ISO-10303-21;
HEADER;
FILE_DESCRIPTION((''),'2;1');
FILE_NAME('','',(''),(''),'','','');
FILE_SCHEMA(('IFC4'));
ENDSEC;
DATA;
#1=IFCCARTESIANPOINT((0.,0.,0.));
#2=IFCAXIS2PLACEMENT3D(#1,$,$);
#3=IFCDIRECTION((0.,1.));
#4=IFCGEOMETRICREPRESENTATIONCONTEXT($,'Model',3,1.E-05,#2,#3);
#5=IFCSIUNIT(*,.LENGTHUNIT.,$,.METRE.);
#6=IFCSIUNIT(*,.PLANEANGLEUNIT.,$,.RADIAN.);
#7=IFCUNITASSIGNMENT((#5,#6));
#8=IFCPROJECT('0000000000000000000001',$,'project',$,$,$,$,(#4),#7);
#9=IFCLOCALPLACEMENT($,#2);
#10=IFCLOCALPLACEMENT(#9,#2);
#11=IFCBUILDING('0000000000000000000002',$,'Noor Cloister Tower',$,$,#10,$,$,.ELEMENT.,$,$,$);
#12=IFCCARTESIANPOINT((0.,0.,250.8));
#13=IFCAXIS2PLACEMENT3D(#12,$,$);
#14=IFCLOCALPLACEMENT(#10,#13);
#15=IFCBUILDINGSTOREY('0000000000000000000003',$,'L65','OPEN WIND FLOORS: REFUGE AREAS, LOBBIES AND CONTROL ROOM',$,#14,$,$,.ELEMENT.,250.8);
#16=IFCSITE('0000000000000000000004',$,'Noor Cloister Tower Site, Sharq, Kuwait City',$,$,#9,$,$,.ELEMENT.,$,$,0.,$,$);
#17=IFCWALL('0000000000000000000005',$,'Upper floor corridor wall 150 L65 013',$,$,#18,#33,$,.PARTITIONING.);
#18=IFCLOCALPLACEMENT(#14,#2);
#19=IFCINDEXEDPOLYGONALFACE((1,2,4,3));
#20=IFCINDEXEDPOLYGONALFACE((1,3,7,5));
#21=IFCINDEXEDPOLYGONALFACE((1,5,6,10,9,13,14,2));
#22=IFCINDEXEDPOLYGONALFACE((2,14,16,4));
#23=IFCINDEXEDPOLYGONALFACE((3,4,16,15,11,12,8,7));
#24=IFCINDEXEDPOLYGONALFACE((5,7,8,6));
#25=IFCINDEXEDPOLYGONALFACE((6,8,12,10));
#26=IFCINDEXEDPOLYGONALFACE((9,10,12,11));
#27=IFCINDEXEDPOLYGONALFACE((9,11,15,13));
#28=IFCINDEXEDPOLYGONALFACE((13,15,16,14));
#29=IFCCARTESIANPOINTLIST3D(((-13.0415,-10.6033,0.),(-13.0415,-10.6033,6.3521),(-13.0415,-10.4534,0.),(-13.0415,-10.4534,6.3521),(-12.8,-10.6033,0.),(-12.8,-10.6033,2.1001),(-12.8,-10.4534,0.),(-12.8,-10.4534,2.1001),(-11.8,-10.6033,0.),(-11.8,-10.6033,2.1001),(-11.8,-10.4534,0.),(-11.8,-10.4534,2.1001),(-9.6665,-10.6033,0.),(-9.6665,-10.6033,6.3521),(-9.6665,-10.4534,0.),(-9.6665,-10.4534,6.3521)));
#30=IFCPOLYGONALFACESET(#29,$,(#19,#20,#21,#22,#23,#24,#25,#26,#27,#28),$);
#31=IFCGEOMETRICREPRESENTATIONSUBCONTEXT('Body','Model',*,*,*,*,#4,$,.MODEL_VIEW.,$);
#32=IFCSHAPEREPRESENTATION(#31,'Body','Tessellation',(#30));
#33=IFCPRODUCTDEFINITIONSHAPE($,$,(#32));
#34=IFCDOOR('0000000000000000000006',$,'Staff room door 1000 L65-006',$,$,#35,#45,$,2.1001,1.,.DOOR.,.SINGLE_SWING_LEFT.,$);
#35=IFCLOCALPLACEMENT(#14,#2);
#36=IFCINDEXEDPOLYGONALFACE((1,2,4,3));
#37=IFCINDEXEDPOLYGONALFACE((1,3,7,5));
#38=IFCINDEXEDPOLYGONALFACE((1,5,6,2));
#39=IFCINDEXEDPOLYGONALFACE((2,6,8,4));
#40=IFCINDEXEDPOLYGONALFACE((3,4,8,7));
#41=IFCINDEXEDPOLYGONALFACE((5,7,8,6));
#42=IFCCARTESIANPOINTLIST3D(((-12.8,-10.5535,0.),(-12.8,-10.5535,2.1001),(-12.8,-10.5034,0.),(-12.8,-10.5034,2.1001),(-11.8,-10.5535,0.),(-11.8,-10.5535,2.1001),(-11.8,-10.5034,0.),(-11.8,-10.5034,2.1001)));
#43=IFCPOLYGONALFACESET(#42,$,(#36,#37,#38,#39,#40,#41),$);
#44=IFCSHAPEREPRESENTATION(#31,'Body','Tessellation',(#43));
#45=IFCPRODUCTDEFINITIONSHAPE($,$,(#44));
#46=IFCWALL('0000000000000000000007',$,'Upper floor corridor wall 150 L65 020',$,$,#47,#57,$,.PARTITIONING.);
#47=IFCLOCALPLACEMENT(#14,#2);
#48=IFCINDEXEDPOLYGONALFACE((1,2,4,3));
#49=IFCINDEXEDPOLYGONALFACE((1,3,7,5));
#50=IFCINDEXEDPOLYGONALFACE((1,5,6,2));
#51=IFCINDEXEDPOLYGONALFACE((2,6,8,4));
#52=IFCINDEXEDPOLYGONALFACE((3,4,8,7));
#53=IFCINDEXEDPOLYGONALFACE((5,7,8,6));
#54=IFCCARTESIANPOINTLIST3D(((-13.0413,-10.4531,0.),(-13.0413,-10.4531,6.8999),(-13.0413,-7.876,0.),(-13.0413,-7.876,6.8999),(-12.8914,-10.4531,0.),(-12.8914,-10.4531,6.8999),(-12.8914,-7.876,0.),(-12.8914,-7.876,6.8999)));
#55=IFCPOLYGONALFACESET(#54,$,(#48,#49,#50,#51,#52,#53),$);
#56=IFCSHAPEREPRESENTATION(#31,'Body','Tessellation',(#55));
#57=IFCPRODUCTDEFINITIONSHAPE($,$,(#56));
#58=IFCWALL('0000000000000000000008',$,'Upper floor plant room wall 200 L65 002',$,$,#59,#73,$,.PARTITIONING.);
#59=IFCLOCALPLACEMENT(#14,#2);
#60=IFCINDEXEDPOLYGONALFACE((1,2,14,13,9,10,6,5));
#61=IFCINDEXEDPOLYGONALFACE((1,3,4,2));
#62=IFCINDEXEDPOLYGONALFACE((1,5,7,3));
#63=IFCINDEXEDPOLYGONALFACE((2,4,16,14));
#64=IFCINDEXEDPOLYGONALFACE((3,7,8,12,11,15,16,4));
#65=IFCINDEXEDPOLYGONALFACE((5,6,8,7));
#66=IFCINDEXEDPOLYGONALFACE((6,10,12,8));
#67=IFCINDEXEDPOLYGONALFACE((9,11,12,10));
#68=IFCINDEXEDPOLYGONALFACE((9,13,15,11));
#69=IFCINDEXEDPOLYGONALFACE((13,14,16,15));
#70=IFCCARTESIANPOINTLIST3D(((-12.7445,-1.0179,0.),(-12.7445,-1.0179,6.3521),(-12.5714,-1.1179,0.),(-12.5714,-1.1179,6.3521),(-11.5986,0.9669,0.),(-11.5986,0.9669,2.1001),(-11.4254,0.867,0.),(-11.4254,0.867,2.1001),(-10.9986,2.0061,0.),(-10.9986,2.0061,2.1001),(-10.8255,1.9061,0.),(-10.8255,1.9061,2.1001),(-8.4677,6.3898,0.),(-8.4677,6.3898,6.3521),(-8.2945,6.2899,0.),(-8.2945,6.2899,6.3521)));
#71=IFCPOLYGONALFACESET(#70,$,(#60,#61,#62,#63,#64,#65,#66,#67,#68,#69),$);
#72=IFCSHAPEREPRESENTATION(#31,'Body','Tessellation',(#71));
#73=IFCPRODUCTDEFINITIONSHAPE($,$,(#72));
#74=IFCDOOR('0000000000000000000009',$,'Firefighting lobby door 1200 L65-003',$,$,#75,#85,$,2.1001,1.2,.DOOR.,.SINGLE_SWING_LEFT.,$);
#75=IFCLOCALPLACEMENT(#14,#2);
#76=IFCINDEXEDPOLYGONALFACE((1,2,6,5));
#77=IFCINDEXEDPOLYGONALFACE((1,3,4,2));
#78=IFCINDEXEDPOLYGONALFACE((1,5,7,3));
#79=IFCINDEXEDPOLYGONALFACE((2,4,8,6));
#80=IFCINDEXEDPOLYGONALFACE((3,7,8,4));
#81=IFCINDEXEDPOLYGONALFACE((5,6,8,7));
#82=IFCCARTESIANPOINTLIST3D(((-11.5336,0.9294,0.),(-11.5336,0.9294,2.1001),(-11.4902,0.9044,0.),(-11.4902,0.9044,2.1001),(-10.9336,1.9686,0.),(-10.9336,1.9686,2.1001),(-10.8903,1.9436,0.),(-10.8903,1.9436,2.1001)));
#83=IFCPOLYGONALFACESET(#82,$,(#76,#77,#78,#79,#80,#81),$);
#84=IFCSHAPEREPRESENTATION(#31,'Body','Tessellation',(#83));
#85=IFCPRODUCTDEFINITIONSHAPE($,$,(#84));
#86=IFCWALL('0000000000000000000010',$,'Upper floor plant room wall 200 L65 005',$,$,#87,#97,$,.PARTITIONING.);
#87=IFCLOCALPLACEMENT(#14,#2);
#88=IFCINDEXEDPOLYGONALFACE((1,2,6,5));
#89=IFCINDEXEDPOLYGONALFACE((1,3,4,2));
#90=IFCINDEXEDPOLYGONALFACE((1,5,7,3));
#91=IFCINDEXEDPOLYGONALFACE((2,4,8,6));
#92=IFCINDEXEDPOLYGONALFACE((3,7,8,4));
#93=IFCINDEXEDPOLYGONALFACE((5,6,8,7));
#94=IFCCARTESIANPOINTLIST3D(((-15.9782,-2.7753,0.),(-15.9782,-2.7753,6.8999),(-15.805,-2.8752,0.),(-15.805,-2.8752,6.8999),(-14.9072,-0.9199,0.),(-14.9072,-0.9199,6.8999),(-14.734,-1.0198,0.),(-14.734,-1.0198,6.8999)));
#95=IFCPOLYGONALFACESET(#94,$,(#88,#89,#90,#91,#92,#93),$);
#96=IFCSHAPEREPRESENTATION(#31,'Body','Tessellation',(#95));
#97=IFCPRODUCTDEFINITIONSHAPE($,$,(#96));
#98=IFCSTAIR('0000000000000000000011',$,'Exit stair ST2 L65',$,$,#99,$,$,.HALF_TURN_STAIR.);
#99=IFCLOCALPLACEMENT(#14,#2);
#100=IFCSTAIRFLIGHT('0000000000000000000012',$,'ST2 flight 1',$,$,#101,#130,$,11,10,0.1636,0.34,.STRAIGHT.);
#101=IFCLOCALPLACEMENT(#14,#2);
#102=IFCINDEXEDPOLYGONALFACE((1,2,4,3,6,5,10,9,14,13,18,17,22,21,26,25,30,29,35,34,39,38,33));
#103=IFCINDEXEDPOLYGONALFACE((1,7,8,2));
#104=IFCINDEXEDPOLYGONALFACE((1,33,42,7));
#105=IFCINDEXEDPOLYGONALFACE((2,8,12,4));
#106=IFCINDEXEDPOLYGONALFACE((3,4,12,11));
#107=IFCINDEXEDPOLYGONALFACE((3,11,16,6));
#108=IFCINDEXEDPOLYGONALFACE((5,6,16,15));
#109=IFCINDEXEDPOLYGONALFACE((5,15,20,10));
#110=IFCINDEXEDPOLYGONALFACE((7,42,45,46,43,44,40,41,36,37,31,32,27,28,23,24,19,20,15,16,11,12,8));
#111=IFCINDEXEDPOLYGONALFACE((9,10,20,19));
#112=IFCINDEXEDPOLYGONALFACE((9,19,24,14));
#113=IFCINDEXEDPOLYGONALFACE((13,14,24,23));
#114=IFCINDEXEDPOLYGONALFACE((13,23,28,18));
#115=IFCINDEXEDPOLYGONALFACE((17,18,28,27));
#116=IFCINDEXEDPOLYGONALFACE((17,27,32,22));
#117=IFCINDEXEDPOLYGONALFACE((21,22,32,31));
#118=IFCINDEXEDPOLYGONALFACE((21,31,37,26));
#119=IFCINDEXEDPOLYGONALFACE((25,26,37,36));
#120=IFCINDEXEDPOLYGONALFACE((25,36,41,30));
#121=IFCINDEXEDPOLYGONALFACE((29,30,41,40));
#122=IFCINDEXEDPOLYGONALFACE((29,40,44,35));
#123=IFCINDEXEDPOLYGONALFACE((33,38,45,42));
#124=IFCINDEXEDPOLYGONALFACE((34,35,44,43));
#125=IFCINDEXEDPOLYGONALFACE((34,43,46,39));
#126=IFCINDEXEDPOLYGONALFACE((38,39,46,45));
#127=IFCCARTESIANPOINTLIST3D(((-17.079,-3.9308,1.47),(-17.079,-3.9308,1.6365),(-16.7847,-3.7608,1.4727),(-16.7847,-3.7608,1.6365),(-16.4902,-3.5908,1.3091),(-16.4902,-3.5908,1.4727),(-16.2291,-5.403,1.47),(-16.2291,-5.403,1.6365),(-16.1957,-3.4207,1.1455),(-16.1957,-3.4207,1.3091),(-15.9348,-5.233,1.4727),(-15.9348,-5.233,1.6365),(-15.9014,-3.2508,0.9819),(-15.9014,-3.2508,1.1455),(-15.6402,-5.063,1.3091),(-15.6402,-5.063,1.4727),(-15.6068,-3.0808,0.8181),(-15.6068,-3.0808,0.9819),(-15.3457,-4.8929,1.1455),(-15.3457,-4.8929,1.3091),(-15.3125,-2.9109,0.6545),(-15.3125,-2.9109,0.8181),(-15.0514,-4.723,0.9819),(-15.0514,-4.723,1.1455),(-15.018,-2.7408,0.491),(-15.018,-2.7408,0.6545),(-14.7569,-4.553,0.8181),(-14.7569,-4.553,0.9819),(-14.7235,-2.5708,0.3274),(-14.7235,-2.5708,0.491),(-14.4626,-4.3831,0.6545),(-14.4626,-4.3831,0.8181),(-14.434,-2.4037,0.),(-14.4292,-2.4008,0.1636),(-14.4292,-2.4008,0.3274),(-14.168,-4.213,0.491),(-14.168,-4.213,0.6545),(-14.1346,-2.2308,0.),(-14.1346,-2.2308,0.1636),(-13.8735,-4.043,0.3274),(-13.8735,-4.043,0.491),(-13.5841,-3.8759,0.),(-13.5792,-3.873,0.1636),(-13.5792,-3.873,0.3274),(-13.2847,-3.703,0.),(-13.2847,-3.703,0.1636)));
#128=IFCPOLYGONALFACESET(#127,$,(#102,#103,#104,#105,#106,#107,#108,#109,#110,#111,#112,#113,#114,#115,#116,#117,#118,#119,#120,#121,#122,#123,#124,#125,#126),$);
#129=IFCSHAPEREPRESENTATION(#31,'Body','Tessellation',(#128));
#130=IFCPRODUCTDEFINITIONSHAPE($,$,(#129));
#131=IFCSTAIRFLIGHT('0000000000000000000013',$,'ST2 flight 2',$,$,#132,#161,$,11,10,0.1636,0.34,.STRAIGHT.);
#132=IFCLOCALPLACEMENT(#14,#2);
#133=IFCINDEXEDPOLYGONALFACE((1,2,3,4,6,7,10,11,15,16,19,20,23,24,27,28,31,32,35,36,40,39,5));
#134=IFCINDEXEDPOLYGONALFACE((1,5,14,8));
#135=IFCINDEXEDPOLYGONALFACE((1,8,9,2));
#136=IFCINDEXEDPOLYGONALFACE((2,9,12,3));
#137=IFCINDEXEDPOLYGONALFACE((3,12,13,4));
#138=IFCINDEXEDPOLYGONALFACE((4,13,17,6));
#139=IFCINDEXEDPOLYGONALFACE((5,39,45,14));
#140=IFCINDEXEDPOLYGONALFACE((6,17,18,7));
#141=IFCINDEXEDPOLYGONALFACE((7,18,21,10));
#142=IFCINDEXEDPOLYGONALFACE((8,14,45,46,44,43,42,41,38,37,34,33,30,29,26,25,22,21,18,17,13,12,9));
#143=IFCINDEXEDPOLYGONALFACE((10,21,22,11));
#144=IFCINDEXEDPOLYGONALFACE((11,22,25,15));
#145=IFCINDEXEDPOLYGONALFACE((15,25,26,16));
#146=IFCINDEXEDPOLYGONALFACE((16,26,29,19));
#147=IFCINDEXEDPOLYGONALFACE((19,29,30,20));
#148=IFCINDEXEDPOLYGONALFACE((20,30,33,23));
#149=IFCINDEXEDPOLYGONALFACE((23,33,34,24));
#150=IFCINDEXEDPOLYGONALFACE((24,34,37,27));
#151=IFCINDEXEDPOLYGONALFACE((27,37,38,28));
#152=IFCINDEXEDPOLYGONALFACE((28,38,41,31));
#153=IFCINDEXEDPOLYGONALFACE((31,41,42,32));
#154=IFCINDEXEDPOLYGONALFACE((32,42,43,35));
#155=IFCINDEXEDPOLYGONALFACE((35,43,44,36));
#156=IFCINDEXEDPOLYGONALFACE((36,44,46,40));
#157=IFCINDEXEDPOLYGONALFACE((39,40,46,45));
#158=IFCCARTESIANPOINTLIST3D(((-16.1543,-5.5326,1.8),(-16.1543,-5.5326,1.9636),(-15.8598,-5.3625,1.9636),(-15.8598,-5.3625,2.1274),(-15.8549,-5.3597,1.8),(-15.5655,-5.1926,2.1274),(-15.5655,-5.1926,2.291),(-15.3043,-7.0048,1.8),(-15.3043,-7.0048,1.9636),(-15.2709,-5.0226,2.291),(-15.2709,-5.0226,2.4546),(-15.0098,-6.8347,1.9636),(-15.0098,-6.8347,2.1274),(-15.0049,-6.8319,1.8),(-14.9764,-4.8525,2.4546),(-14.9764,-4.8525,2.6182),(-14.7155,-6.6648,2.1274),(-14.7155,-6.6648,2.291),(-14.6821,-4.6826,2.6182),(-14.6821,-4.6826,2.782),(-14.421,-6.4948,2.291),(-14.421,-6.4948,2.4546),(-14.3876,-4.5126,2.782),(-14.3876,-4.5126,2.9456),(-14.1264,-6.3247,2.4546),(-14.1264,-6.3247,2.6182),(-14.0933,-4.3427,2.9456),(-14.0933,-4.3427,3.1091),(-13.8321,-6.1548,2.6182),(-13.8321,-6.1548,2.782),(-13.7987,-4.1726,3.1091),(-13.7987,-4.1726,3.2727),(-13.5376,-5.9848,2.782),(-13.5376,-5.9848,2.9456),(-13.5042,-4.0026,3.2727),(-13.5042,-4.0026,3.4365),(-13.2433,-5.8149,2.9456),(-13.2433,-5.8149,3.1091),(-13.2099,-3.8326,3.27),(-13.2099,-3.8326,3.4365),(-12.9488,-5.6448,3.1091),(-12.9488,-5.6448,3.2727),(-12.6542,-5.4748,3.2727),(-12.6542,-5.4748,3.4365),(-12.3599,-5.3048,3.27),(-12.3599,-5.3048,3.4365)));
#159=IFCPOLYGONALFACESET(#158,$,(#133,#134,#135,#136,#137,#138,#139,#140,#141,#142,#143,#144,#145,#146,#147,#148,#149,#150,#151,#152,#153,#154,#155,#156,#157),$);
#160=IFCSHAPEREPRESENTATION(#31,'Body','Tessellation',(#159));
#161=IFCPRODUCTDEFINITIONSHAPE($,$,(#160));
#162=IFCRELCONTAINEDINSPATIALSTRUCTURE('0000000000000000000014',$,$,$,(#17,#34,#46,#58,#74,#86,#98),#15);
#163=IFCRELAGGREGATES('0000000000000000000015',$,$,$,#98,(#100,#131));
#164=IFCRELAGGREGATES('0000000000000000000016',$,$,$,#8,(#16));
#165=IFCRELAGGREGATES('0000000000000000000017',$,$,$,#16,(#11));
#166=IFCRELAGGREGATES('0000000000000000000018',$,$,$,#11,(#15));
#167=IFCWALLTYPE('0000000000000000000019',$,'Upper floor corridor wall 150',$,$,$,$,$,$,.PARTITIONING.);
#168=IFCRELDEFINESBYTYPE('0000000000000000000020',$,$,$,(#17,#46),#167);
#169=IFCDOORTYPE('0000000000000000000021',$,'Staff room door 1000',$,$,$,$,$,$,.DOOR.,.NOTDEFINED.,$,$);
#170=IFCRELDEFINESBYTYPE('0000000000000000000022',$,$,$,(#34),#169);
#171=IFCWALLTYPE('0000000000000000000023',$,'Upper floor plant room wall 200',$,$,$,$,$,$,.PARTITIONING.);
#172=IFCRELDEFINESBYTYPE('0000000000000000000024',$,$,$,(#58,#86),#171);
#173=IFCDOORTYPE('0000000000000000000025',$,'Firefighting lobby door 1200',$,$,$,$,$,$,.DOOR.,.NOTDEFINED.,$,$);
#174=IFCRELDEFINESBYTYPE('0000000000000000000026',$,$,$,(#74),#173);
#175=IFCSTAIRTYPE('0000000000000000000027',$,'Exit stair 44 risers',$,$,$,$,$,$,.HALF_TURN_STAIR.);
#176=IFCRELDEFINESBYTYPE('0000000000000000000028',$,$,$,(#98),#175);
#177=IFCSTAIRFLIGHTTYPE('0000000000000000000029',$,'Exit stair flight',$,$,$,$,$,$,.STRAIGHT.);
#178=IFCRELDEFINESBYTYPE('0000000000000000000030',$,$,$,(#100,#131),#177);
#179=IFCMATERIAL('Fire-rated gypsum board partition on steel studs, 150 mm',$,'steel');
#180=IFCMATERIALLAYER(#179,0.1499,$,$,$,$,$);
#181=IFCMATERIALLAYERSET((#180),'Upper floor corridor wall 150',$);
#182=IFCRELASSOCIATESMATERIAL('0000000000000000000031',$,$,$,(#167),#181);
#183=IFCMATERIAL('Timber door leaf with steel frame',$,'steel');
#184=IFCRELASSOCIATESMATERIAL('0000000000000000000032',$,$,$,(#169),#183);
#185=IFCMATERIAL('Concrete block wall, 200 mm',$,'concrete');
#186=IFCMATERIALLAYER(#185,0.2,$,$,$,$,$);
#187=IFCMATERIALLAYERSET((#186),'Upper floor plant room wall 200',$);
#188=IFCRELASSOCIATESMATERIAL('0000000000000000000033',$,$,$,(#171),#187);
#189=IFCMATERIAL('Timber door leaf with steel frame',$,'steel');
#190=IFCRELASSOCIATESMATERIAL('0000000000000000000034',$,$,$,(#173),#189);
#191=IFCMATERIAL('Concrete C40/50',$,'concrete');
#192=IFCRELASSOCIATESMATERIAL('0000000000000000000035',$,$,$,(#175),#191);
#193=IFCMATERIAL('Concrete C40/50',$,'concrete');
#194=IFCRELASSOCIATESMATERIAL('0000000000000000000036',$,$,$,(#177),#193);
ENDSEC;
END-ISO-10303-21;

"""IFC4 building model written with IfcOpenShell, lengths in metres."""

from ifc_helpers import new_model, si_unit, direction, frame, frame_2d, origin, place, context, subcontext, project, spatial, polyline, rectangle, outline, extrude, material, layer, layer_set, type_object, element, fill, aggregate, save


model = new_model("IFC4")

# Units and contexts
model_context = context("Model", 3, precision=1e-05, world=origin(), true_north=direction((0.0, 1.0)))
body_context = subcontext(model_context, "Body", "Model", "MODEL_VIEW")
ifc_project = project(units=[si_unit("LENGTHUNIT", "METRE"), si_unit("PLANEANGLEUNIT", "RADIAN")], contexts=[model_context])

# Site, building, storey
site_placement = place(None, origin())
site = spatial("IfcSite", under=ifc_project, at=site_placement, Name="Noor Cloister Tower Site, Sharq, Kuwait City", CompositionType="ELEMENT", RefElevation=0.0)
building_placement = place(site_placement, origin())
building = spatial("IfcBuilding", under=site, at=building_placement, Name="Noor Cloister Tower", CompositionType="ELEMENT")
storey_placement = place(building_placement, frame((0.0, 0.0, 250.8)))
storey = spatial("IfcBuildingStorey", under=building, at=storey_placement, Name="L65", Description="OPEN WIND FLOORS: REFUGE AREAS, LOBBIES AND CONTROL ROOM", CompositionType="ELEMENT", Elevation=250.8)

# Wall, opening, door
ifc_material_1 = material(Name="Fire-rated gypsum board partition on steel studs, 150 mm", Category="steel")
ifc_layer_1 = layer(ifc_material_1, 0.1499)
ifc_layer_set_1 = layer_set([ifc_layer_1], Name="Upper floor corridor wall 150")
wall_type_1 = type_object("IfcWallType", Name="Upper floor corridor wall 150", PredefinedType="PARTITIONING", material=ifc_layer_set_1)
wall_1_placement = place(storey_placement, frame((-13.0415, -10.5283, 0.0), z_axis=(0.0, 0.0, 1.0), x_axis=(1.0, 0.0, 0.0)))
wall_1 = element("IfcWall", 1, at=wall_1_placement, inside=storey, type_object=wall_type_1, Name="Upper floor corridor wall 150 L65 013", PredefinedType="PARTITIONING", context=body_context, shape_type="SweptSolid", body=[
    extrude(rectangle(XDim=3.375, YDim=0.1499, at=frame_2d((1.6875, 0.0))), origin(), (0.0, 0.0, 1.0), 6.3521),
])
opening_1_placement = place(wall_1_placement, frame((0.2415, 0.0, 0.0)))
opening_1 = element("IfcOpeningElement", 2, at=opening_1_placement, cuts=wall_1, PredefinedType="OPENING", context=body_context, shape_type="SweptSolid", body=[
    extrude(rectangle(XDim=1.0, YDim=2.1001, at=frame_2d((0.5, 1.05))), frame((0.0, 0.085, 0.0), z_axis=(0.0, -1.0, 0.0), x_axis=(1.0, 0.0, 0.0)), (0.0, 0.0, 1.0), 0.1699),
])
ifc_material_2 = material(Name="Timber door leaf with steel frame", Category="steel")
door_type_1 = type_object("IfcDoorType", Name="Staff room door 1000", OperationType="NOTDEFINED", PredefinedType="DOOR", material=ifc_material_2)
door_1_placement = place(opening_1_placement, origin())
door_1 = element("IfcDoor", 3, at=door_1_placement, inside=storey, type_object=door_type_1, Name="Staff room door 1000 L65-006", OperationType="SINGLE_SWING_LEFT", OverallHeight=2.1001, OverallWidth=1.0, PredefinedType="DOOR", context=body_context, shape_type="SweptSolid", body=[
    extrude(rectangle(XDim=1.0, YDim=2.1001, at=frame_2d((0.5, 1.05))), frame((0.0, 0.0249, 0.0), z_axis=(0.0, -1.0, 0.0), x_axis=(1.0, 0.0, 0.0)), (0.0, 0.0, 1.0), 0.05),
])
fill(opening_1, door_1)

# Wall
wall_2_placement = place(storey_placement, frame((-12.9663, -7.876, 0.0), z_axis=(0.0, 0.0, 1.0), x_axis=(0.0, -1.0, 0.0)))
element("IfcWall", 4, at=wall_2_placement, inside=storey, type_object=wall_type_1, Name="Upper floor corridor wall 150 L65 020", PredefinedType="PARTITIONING", context=body_context, shape_type="SweptSolid", body=[
    extrude(rectangle(XDim=2.5771, YDim=0.1499, at=frame_2d((1.2886, 0.0))), origin(), (0.0, 0.0, 1.0), 6.8999),
])

# Wall, opening, door
ifc_material_3 = material(Name="Concrete block wall, 200 mm", Category="concrete")
ifc_layer_2 = layer(ifc_material_3, 0.2)
ifc_layer_set_2 = layer_set([ifc_layer_2], Name="Upper floor plant room wall 200")
wall_type_2 = type_object("IfcWallType", Name="Upper floor plant room wall 200", PredefinedType="PARTITIONING", material=ifc_layer_set_2)
wall_3_placement = place(storey_placement, frame((-12.658, -1.0679, 0.0), z_axis=(0.0, 0.0, 1.0), x_axis=(0.500001, 0.866025, 0.0)))
wall_3 = element("IfcWall", 5, at=wall_3_placement, inside=storey, type_object=wall_type_2, Name="Upper floor plant room wall 200 L65 002", PredefinedType="PARTITIONING", context=body_context, shape_type="SweptSolid", body=[
    extrude(rectangle(XDim=8.5537, YDim=0.2, at=frame_2d((4.2769, 0.0))), origin(), (0.0, 0.0, 1.0), 6.3521),
])
opening_2_placement = place(wall_3_placement, frame((2.2917, 0.0, 0.0)))
opening_2 = element("IfcOpeningElement", 6, at=opening_2_placement, cuts=wall_3, PredefinedType="OPENING", context=body_context, shape_type="SweptSolid", body=[
    extrude(rectangle(XDim=1.2, YDim=2.1001, at=frame_2d((0.6001, 1.05))), frame((0.0, 0.1099, 0.0), z_axis=(0.0, -1.0, 0.0), x_axis=(1.0, 0.0, 0.0)), (0.0, 0.0, 1.0), 0.22),
])
ifc_material_4 = material(Name="Timber door leaf with steel frame", Category="steel")
door_type_2 = type_object("IfcDoorType", Name="Firefighting lobby door 1200", OperationType="NOTDEFINED", PredefinedType="DOOR", material=ifc_material_4)
door_2_placement = place(opening_2_placement, origin())
door_2 = element("IfcDoor", 7, at=door_2_placement, inside=storey, type_object=door_type_2, Name="Firefighting lobby door 1200 L65-003", OperationType="SINGLE_SWING_LEFT", OverallHeight=2.1001, OverallWidth=1.2, PredefinedType="DOOR", context=body_context, shape_type="SweptSolid", body=[
    extrude(rectangle(XDim=1.2, YDim=2.1001, at=frame_2d((0.6001, 1.05))), frame((0.0, 0.0249, 0.0), z_axis=(0.0, -1.0, 0.0), x_axis=(1.0, 0.0, 0.0)), (0.0, 0.0, 1.0), 0.05),
])
fill(opening_2, door_2)

# Wall
wall_4_placement = place(storey_placement, frame((-14.8206, -0.9697, 0.0), z_axis=(0.0, 0.0, 1.0), x_axis=(-0.499926, -0.866068, 0.0)))
element("IfcWall", 8, at=wall_4_placement, inside=storey, type_object=wall_type_2, Name="Upper floor plant room wall 200 L65 005", PredefinedType="PARTITIONING", context=body_context, shape_type="SweptSolid", body=[
    extrude(rectangle(XDim=2.1423, YDim=0.2, at=frame_2d((1.0713, 0.0))), origin(), (0.0, 0.0, 1.0), 6.8999),
])

# Stair, stair flights
ifc_material_5 = material(Name="Concrete C40/50", Category="concrete")
stair_type = type_object("IfcStairType", Name="Exit stair 44 risers", PredefinedType="HALF_TURN_STAIR", material=ifc_material_5)
stair_placement = place(storey_placement, origin())
stair = element("IfcStair", 9, at=stair_placement, inside=storey, type_object=stair_type, Name="Exit stair ST2 L65", PredefinedType="HALF_TURN_STAIR")
ifc_material_6 = material(Name="Concrete C40/50", Category="concrete")
stair_flight_type = type_object("IfcStairFlightType", Name="Exit stair flight", PredefinedType="STRAIGHT", material=ifc_material_6)
stair_flight_1_placement = place(storey_placement, frame((-13.7097, -2.9668, 0.0), z_axis=(0.0, 0.0, 1.0), x_axis=(-0.866025, -0.5, 0.0)))
stair_flight_1 = element("IfcStairFlight", 10, at=stair_flight_1_placement, type_object=stair_flight_type, Name="ST2 flight 1", NumberOfRisers=11, NumberOfTreads=10, PredefinedType="STRAIGHT", RiserHeight=0.1636, TreadLength=0.34, context=body_context, shape_type="SweptSolid", body=[
    extrude(outline(polyline([(0.0, 0.0), (0.0, 0.1636), (0.3401, 0.1636), (0.3401, 0.3274), (0.6799, 0.3274), (0.6799, 0.491), (1.02, 0.491), (1.02, 0.6545), (1.3601, 0.6545), (1.3601, 0.8181), (1.7, 0.8181), (1.7, 0.9819), (2.04, 0.9819), (2.04, 1.1455), (2.3799, 1.1455), (2.3799, 1.3091), (2.72, 1.3091), (2.72, 1.4727), (3.0601, 1.4727), (3.0601, 1.6365), (3.3999, 1.6365), (3.3999, 1.8), (3.3999, 1.47), (0.3457, 0.0), (0.0, 0.0)])), frame((0.0, 0.8501, 0.0), z_axis=(0.0, -1.0, 0.0), x_axis=(1.0, 0.0, 0.0)), (0.0, 0.0, 1.0), 1.7),
])
stair_flight_2_placement = place(storey_placement, frame((-15.7292, -6.2688, 1.8), z_axis=(0.0, 0.0, 1.0), x_axis=(0.866025, 0.5, 0.0)))
stair_flight_2 = element("IfcStairFlight", 11, at=stair_flight_2_placement, type_object=stair_flight_type, Name="ST2 flight 2", NumberOfRisers=11, NumberOfTreads=10, PredefinedType="STRAIGHT", RiserHeight=0.1636, TreadLength=0.34, context=body_context, shape_type="SweptSolid", body=[
    extrude(outline(polyline([(0.0, 0.0), (0.0, 0.1636), (0.3401, 0.1636), (0.3401, 0.3274), (0.6799, 0.3274), (0.6799, 0.491), (1.02, 0.491), (1.02, 0.6545), (1.3601, 0.6545), (1.3601, 0.8181), (1.7, 0.8181), (1.7, 0.9819), (2.04, 0.9819), (2.04, 1.1455), (2.3799, 1.1455), (2.3799, 1.3091), (2.72, 1.3091), (2.72, 1.4727), (3.0601, 1.4727), (3.0601, 1.6365), (3.3999, 1.6365), (3.3999, 1.8), (3.3999, 1.47), (0.3457, 0.0), (0.0, 0.0)])), frame((0.0, 0.8501, 0.0), z_axis=(0.0, -1.0, 0.0), x_axis=(1.0, 0.0, 0.0)), (0.0, 0.0, 1.0), 1.7),
])
aggregate(stair, [stair_flight_1, stair_flight_2])

save(model, "model.ifc")
